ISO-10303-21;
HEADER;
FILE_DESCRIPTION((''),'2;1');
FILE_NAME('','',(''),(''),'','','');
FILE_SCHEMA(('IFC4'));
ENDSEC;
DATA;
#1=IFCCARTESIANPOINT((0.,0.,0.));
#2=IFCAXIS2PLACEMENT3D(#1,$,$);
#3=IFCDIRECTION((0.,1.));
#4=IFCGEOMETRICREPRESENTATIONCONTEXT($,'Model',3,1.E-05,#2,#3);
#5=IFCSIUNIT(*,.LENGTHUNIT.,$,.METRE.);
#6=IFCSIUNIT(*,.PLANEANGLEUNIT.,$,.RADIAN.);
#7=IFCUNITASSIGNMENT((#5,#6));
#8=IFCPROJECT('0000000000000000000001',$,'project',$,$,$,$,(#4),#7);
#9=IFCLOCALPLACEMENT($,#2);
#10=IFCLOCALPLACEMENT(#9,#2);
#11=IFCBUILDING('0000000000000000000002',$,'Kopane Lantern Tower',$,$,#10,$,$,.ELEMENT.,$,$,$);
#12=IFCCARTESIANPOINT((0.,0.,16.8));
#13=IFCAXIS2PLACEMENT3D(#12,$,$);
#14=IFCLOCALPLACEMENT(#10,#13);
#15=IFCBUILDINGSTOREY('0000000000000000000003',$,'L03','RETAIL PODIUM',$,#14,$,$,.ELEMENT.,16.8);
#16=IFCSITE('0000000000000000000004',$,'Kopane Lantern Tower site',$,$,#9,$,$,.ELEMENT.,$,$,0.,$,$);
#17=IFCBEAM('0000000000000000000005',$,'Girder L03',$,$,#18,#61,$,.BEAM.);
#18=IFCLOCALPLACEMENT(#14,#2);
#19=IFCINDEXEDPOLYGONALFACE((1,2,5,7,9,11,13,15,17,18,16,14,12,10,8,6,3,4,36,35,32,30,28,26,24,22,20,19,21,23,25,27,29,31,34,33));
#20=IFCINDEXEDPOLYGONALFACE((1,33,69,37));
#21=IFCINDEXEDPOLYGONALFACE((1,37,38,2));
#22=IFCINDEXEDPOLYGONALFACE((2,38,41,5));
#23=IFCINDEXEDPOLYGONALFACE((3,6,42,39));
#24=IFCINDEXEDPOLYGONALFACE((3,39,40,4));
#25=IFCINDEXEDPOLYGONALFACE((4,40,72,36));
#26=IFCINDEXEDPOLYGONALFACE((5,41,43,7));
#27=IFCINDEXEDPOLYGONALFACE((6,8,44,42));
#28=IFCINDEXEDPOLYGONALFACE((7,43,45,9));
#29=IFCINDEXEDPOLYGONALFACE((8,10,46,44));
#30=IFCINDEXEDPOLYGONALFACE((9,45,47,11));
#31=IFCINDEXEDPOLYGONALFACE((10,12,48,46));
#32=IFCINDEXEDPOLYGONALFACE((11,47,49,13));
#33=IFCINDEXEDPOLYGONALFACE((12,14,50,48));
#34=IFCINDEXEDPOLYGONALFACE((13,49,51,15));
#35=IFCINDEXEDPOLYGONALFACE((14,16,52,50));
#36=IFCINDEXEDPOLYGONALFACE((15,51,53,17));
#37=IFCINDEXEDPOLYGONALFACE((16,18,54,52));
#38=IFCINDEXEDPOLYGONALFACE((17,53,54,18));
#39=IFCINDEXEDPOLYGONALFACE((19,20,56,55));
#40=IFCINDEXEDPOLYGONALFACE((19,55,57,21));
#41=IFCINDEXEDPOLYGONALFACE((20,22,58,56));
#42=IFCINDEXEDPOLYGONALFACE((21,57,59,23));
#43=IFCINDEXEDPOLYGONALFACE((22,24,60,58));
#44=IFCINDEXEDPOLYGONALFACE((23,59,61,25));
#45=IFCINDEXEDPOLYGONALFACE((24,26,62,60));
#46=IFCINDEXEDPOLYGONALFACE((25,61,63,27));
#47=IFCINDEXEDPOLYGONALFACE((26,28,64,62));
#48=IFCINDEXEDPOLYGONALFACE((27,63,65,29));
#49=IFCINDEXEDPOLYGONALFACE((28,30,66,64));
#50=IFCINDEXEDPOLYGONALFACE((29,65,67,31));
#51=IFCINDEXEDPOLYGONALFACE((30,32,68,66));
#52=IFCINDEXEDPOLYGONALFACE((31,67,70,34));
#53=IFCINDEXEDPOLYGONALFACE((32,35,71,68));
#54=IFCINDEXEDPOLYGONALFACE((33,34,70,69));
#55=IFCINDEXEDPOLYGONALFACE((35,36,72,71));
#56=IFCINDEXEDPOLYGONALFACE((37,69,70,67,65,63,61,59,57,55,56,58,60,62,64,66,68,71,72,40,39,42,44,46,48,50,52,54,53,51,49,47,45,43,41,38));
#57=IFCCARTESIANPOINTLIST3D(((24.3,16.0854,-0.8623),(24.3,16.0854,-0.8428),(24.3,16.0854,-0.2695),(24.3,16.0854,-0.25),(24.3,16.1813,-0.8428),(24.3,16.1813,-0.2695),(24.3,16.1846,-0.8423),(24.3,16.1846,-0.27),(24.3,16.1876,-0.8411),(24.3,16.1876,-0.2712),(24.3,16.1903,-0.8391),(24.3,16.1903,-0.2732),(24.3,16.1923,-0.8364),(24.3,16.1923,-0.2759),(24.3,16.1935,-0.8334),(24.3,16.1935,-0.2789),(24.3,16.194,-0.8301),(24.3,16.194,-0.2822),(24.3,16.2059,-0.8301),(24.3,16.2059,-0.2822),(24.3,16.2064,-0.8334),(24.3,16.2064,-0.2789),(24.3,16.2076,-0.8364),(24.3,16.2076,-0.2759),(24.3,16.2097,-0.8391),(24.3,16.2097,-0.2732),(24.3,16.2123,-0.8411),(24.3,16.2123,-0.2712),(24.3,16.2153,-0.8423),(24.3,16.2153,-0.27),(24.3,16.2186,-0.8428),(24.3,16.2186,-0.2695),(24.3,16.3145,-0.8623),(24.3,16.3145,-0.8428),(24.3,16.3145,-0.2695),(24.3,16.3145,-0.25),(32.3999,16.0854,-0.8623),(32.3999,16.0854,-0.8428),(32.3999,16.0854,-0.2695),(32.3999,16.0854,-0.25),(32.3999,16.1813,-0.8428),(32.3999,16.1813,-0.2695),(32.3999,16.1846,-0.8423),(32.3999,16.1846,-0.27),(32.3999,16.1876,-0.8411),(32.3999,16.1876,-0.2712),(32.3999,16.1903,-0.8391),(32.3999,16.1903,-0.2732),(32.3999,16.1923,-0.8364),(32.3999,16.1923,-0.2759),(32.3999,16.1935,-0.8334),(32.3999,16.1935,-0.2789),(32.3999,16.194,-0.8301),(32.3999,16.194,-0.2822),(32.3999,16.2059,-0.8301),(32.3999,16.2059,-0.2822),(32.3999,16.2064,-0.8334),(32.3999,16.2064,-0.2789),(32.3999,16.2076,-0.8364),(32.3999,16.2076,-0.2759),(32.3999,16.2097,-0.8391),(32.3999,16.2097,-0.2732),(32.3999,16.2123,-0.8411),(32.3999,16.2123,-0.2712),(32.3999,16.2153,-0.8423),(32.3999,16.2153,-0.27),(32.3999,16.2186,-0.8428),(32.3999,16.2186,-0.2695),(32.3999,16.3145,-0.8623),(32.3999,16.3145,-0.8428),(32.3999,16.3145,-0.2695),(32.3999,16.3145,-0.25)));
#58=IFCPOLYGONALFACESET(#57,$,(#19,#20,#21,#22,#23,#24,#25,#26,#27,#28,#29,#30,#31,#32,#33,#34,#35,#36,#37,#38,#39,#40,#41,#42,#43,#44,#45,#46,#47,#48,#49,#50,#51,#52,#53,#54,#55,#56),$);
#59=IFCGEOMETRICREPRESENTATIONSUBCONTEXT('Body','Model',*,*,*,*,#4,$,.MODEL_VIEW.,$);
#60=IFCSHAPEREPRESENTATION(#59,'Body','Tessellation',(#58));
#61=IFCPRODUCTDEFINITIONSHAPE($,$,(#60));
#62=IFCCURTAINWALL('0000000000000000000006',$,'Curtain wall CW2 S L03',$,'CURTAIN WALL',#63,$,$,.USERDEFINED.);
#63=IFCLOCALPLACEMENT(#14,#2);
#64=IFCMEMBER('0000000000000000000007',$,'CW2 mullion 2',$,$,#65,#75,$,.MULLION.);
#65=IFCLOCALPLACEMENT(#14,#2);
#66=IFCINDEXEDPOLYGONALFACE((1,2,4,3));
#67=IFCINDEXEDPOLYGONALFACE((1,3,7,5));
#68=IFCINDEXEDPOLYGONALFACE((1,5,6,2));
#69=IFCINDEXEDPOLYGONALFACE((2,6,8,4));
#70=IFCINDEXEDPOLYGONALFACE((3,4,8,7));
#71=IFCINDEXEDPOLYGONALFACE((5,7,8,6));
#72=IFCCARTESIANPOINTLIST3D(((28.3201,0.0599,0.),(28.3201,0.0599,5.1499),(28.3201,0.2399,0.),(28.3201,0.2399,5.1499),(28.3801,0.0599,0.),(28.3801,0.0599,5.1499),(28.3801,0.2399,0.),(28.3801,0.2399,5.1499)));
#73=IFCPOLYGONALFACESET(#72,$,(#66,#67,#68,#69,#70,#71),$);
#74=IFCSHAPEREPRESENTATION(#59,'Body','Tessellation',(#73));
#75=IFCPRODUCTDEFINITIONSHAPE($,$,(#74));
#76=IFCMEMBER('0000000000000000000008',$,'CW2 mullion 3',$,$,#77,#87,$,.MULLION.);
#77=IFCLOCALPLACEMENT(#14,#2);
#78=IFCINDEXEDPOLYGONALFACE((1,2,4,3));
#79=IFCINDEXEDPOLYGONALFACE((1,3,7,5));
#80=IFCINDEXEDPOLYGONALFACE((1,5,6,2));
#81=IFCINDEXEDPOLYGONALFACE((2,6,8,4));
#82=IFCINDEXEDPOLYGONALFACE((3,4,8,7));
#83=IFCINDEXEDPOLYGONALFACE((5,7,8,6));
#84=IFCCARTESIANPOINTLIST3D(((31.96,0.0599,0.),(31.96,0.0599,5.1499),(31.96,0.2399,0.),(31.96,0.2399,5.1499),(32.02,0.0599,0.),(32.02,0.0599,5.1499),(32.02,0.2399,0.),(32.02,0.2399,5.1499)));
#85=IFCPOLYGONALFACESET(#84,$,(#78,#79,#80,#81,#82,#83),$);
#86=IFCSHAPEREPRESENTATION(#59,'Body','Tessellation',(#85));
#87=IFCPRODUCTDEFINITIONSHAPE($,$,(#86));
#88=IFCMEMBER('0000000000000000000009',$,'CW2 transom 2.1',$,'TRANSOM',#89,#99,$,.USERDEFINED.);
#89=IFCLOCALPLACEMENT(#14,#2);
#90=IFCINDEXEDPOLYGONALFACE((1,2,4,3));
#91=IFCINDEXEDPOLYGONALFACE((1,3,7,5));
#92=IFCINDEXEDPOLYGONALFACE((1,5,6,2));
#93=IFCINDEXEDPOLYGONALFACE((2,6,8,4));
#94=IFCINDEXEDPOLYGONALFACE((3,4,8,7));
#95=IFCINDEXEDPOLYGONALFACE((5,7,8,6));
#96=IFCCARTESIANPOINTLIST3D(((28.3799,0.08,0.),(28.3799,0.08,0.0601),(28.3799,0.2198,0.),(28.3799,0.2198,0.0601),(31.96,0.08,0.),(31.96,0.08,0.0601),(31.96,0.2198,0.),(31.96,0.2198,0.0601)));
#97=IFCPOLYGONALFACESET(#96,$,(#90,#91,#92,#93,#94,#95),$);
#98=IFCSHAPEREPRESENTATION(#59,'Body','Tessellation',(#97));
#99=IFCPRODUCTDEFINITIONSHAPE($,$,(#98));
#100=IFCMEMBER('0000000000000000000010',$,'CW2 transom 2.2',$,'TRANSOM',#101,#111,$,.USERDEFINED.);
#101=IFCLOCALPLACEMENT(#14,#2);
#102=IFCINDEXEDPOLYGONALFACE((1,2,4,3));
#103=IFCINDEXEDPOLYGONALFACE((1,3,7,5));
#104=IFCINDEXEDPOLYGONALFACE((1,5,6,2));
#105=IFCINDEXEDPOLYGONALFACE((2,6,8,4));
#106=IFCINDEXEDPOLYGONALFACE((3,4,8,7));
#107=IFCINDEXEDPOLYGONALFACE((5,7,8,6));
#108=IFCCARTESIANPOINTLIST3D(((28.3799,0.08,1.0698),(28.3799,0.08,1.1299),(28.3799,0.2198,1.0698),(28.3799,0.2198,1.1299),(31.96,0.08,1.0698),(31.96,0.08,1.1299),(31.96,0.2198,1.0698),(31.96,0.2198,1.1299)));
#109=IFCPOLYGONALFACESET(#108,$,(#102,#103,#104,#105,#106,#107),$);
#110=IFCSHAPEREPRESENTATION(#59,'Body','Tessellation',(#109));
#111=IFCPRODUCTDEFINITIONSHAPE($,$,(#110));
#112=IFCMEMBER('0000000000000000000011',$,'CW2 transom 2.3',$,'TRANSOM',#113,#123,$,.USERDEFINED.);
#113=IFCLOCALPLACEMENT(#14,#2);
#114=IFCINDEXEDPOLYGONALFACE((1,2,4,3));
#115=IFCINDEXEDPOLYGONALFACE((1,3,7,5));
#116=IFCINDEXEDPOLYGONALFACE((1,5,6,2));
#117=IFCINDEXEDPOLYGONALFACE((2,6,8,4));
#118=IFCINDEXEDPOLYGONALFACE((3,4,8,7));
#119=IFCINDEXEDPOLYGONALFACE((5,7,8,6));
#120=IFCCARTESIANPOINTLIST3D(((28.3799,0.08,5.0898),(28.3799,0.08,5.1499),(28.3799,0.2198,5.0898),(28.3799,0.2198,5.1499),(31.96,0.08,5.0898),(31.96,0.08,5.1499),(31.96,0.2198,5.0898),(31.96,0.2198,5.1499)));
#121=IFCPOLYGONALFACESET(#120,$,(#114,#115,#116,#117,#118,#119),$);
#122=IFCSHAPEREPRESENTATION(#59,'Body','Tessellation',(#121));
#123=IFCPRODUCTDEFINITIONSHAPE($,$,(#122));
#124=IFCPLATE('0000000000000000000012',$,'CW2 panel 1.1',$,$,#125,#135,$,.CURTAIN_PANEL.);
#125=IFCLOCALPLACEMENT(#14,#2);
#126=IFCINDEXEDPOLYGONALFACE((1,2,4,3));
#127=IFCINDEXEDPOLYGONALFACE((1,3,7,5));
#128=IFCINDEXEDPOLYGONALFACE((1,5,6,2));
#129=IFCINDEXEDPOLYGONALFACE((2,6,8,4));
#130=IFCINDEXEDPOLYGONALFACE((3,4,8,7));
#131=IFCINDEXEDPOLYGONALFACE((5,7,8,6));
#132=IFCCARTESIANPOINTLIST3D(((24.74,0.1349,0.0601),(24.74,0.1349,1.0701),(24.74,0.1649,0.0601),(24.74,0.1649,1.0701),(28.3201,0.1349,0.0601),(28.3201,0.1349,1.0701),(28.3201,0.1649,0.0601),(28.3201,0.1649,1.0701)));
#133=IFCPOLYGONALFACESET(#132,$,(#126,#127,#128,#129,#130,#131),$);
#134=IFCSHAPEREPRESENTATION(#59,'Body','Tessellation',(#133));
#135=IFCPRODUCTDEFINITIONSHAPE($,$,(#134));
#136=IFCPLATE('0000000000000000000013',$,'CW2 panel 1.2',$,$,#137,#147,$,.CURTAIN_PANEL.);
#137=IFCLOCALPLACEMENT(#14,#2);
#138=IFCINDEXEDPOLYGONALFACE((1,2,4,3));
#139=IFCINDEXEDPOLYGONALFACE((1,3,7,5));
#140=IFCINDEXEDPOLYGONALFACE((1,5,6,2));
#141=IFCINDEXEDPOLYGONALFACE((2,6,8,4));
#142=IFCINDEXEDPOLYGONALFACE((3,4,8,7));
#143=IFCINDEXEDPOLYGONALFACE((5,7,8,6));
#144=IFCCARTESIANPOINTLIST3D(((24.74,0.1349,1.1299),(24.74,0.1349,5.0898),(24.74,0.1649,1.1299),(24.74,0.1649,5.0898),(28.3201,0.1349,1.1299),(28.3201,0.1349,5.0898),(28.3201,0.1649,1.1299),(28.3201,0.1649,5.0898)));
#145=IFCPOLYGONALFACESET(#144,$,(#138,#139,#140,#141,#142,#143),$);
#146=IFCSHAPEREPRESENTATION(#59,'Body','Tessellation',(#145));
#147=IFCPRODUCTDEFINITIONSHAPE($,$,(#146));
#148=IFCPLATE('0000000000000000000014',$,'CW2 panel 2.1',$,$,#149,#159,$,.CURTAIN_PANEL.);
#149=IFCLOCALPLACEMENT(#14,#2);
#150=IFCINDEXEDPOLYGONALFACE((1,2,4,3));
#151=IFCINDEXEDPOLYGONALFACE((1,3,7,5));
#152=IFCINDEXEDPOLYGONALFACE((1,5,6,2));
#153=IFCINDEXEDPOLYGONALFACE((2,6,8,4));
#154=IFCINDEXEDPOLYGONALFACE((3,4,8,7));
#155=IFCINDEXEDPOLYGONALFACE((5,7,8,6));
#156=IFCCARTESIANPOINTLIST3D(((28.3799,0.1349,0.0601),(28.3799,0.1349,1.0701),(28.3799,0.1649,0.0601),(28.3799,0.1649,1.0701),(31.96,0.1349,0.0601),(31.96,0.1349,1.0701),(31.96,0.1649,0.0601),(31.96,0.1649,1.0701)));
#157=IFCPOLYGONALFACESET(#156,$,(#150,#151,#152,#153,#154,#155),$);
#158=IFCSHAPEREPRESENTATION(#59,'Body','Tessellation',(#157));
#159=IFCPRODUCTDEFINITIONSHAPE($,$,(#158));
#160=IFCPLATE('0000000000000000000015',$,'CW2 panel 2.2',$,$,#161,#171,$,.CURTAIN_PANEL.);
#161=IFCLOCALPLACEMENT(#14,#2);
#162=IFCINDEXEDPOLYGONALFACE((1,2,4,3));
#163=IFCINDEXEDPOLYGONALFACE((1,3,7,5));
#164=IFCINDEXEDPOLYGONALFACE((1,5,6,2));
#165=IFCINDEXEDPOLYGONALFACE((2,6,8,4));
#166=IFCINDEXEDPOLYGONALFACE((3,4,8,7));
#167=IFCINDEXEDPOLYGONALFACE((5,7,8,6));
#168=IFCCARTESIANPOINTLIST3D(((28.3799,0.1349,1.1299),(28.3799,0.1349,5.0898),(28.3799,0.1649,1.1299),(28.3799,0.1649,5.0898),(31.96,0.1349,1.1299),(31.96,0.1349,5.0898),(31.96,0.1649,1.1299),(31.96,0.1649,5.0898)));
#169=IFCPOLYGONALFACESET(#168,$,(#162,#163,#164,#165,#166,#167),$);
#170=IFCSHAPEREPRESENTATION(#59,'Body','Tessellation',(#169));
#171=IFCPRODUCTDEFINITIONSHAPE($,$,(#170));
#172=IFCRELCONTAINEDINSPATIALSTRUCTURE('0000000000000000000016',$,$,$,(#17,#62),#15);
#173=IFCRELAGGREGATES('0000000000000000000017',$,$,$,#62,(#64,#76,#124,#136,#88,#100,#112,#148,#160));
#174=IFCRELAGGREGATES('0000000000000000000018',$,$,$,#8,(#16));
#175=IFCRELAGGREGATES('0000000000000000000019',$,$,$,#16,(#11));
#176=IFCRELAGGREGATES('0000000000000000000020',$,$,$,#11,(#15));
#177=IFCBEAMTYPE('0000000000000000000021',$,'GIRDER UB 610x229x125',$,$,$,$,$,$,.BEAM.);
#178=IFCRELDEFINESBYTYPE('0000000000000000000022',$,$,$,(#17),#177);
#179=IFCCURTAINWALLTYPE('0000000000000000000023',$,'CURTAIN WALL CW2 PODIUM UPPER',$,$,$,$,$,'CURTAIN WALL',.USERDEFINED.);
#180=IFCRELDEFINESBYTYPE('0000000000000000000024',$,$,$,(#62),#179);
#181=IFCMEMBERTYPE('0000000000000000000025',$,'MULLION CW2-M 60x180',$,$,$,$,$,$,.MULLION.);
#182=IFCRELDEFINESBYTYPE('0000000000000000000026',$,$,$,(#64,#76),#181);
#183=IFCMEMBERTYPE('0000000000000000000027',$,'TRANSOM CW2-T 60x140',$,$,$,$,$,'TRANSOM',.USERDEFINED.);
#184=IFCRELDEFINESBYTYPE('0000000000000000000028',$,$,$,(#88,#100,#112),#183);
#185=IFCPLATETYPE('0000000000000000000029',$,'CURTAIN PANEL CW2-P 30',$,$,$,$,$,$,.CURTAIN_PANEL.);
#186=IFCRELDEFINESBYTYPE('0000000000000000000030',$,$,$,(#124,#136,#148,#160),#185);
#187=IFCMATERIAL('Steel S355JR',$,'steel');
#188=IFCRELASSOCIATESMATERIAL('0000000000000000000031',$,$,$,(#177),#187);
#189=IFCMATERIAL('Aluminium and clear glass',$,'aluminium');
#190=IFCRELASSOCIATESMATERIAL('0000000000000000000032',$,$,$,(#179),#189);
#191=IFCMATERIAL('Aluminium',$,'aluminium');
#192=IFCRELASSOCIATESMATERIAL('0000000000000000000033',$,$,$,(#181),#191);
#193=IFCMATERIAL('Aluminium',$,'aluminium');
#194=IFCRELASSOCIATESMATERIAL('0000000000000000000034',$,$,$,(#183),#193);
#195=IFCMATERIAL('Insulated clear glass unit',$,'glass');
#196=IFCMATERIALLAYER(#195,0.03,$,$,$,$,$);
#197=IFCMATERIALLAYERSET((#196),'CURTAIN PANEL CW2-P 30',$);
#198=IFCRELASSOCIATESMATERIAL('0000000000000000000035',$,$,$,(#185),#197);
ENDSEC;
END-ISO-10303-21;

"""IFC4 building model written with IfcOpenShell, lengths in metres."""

from ifc_helpers import new_model, si_unit, direction, frame, origin, origin_2d, place, context, subcontext, project, spatial, rectangle, i_section, extrude, material, layer, layer_set, material_profile, profile_set, type_object, element, aggregate, save


model = new_model("IFC4")

# Units and contexts
model_context = context("Model", 3, precision=1e-05, world=origin(), true_north=direction((0.0, 1.0)))
body_context = subcontext(model_context, "Body", "Model", "MODEL_VIEW")
ifc_project = project(units=[si_unit("LENGTHUNIT", "METRE"), si_unit("PLANEANGLEUNIT", "RADIAN")], contexts=[model_context])

# Site, building, storey
site_placement = place(None, origin())
site = spatial("IfcSite", under=ifc_project, at=site_placement, Name="Kopane Lantern Tower site", CompositionType="ELEMENT", RefElevation=0.0)
building_placement = place(site_placement, origin())
building = spatial("IfcBuilding", under=site, at=building_placement, Name="Kopane Lantern Tower", CompositionType="ELEMENT")
storey_placement = place(building_placement, frame((0.0, 0.0, 16.8)))
storey = spatial("IfcBuildingStorey", under=building, at=storey_placement, Name="L03", Description="RETAIL PODIUM", CompositionType="ELEMENT", Elevation=16.8)

# Beam
ifc_material_1 = material(Name="Steel S355JR", Category="steel")
ifc_material_profile_1 = material_profile(ifc_material_1, i_section(OverallWidth=0.229, OverallDepth=0.6123, WebThickness=0.012, FlangeThickness=0.0195, FilletRadius=0.0127, at=origin_2d()), Name="UB 610x229x125")
ifc_profile_set_1 = profile_set([ifc_material_profile_1], Name="Steel S355JR")
beam_type = type_object("IfcBeamType", Name="GIRDER UB 610x229x125", PredefinedType="BEAM", material=ifc_profile_set_1)
beam_1_placement = place(storey_placement, frame((24.3, 16.2, -0.5562), z_axis=(1.0, 0.0, 0.0), x_axis=(0.0, 1.0, 0.0)))
element("IfcBeam", 1, at=beam_1_placement, inside=storey, type_object=beam_type, Name="Girder L03", PredefinedType="BEAM", context=body_context, shape_type="SweptSolid", body=[
    extrude(i_section(OverallWidth=0.229, OverallDepth=0.6123, WebThickness=0.012, FlangeThickness=0.0195, FilletRadius=0.0127, at=origin_2d()), origin(), (0.0, 0.0, 1.0), 8.0999),
])

# Curtain wall, members, plates
ifc_material_2 = material(Name="Aluminium and clear glass", Category="aluminium")
curtain_wall_type = type_object("IfcCurtainWallType", Name="CURTAIN WALL CW2 PODIUM UPPER", ElementType="CURTAIN WALL", PredefinedType="USERDEFINED", material=ifc_material_2)
curtain_wall_placement = place(storey_placement, origin())
curtain_wall = element("IfcCurtainWall", 2, at=curtain_wall_placement, inside=storey, type_object=curtain_wall_type, Name="Curtain wall CW2 S L03", ObjectType="CURTAIN WALL", PredefinedType="USERDEFINED")
ifc_material_3 = material(Name="Aluminium", Category="aluminium")
ifc_material_profile_2 = material_profile(ifc_material_3, rectangle(XDim=0.0601, YDim=0.1799, at=origin_2d()), Name="AL 60x180")
ifc_profile_set_2 = profile_set([ifc_material_profile_2], Name="Aluminium")
member_type_1 = type_object("IfcMemberType", Name="MULLION CW2-M 60x180", PredefinedType="MULLION", material=ifc_profile_set_2)
member_1_placement = place(storey_placement, frame((28.3501, 0.1499, 0.0), z_axis=(0.0, 0.0, 1.0), x_axis=(1.0, 0.0, 0.0)))
member_1 = element("IfcMember", 3, at=member_1_placement, type_object=member_type_1, Name="CW2 mullion 2", PredefinedType="MULLION", context=body_context, shape_type="SweptSolid", body=[
    extrude(rectangle(XDim=0.0601, YDim=0.1799, at=origin_2d()), origin(), (0.0, 0.0, 1.0), 5.1499),
])
member_2_placement = place(storey_placement, frame((31.99, 0.1499, 0.0), z_axis=(0.0, 0.0, 1.0), x_axis=(1.0, 0.0, 0.0)))
member_2 = element("IfcMember", 4, at=member_2_placement, type_object=member_type_1, Name="CW2 mullion 3", PredefinedType="MULLION", context=body_context, shape_type="SweptSolid", body=[
    extrude(rectangle(XDim=0.0601, YDim=0.1799, at=origin_2d()), origin(), (0.0, 0.0, 1.0), 5.1499),
])
ifc_material_4 = material(Name="Aluminium", Category="aluminium")
ifc_material_profile_3 = material_profile(ifc_material_4, rectangle(XDim=0.1399, YDim=0.0601, at=origin_2d()), Name="AL 140x60")
ifc_profile_set_3 = profile_set([ifc_material_profile_3], Name="Aluminium")
member_type_2 = type_object("IfcMemberType", Name="TRANSOM CW2-T 60x140", ElementType="TRANSOM", PredefinedType="USERDEFINED", material=ifc_profile_set_3)
member_3_placement = place(storey_placement, frame((28.3799, 0.1499, 0.03), z_axis=(1.0, 0.0, 0.0), x_axis=(0.0, 1.0, 0.0)))
member_3 = element("IfcMember", 5, at=member_3_placement, type_object=member_type_2, Name="CW2 transom 2.1", ObjectType="TRANSOM", PredefinedType="USERDEFINED", context=body_context, shape_type="SweptSolid", body=[
    extrude(rectangle(XDim=0.1399, YDim=0.0601, at=origin_2d()), origin(), (0.0, 0.0, 1.0), 3.5801),
])
member_4_placement = place(storey_placement, frame((28.3799, 0.1499, 1.0999), z_axis=(1.0, 0.0, 0.0), x_axis=(0.0, 1.0, 0.0)))
member_4 = element("IfcMember", 6, at=member_4_placement, type_object=member_type_2, Name="CW2 transom 2.2", ObjectType="TRANSOM", PredefinedType="USERDEFINED", context=body_context, shape_type="SweptSolid", body=[
    extrude(rectangle(XDim=0.1399, YDim=0.0601, at=origin_2d()), origin(), (0.0, 0.0, 1.0), 3.5801),
])
member_5_placement = place(storey_placement, frame((28.3799, 0.1499, 5.1199), z_axis=(1.0, 0.0, 0.0), x_axis=(0.0, 1.0, 0.0)))
member_5 = element("IfcMember", 7, at=member_5_placement, type_object=member_type_2, Name="CW2 transom 2.3", ObjectType="TRANSOM", PredefinedType="USERDEFINED", context=body_context, shape_type="SweptSolid", body=[
    extrude(rectangle(XDim=0.1399, YDim=0.0601, at=origin_2d()), origin(), (0.0, 0.0, 1.0), 3.5801),
])
ifc_material_5 = material(Name="Insulated clear glass unit", Category="glass")
ifc_layer_1 = layer(ifc_material_5, 0.03)
ifc_layer_set_1 = layer_set([ifc_layer_1], Name="CURTAIN PANEL CW2-P 30")
plate_type = type_object("IfcPlateType", Name="CURTAIN PANEL CW2-P 30", PredefinedType="CURTAIN_PANEL", material=ifc_layer_set_1)
plate_1_placement = place(storey_placement, frame((26.53, 0.1499, 0.0601), z_axis=(0.0, 0.0, 1.0), x_axis=(1.0, 0.0, 0.0)))
plate_1 = element("IfcPlate", 8, at=plate_1_placement, type_object=plate_type, Name="CW2 panel 1.1", PredefinedType="CURTAIN_PANEL", context=body_context, shape_type="SweptSolid", body=[
    extrude(rectangle(XDim=3.5801, YDim=0.03, at=origin_2d()), origin(), (0.0, 0.0, 1.0), 1.01),
])
plate_2_placement = place(storey_placement, frame((26.53, 0.1499, 1.1299), z_axis=(0.0, 0.0, 1.0), x_axis=(1.0, 0.0, 0.0)))
plate_2 = element("IfcPlate", 9, at=plate_2_placement, type_object=plate_type, Name="CW2 panel 1.2", PredefinedType="CURTAIN_PANEL", context=body_context, shape_type="SweptSolid", body=[
    extrude(rectangle(XDim=3.5801, YDim=0.03, at=origin_2d()), origin(), (0.0, 0.0, 1.0), 3.96),
])
plate_3_placement = place(storey_placement, frame((30.1699, 0.1499, 0.0601), z_axis=(0.0, 0.0, 1.0), x_axis=(1.0, 0.0, 0.0)))
plate_3 = element("IfcPlate", 10, at=plate_3_placement, type_object=plate_type, Name="CW2 panel 2.1", PredefinedType="CURTAIN_PANEL", context=body_context, shape_type="SweptSolid", body=[
    extrude(rectangle(XDim=3.5801, YDim=0.03, at=origin_2d()), origin(), (0.0, 0.0, 1.0), 1.01),
])
plate_4_placement = place(storey_placement, frame((30.1699, 0.1499, 1.1299), z_axis=(0.0, 0.0, 1.0), x_axis=(1.0, 0.0, 0.0)))
plate_4 = element("IfcPlate", 11, at=plate_4_placement, type_object=plate_type, Name="CW2 panel 2.2", PredefinedType="CURTAIN_PANEL", context=body_context, shape_type="SweptSolid", body=[
    extrude(rectangle(XDim=3.5801, YDim=0.03, at=origin_2d()), origin(), (0.0, 0.0, 1.0), 3.96),
])
aggregate(curtain_wall, [member_1, member_2, plate_1, plate_2, member_3, member_4, member_5, plate_3, plate_4])

save(model, "model.ifc")
